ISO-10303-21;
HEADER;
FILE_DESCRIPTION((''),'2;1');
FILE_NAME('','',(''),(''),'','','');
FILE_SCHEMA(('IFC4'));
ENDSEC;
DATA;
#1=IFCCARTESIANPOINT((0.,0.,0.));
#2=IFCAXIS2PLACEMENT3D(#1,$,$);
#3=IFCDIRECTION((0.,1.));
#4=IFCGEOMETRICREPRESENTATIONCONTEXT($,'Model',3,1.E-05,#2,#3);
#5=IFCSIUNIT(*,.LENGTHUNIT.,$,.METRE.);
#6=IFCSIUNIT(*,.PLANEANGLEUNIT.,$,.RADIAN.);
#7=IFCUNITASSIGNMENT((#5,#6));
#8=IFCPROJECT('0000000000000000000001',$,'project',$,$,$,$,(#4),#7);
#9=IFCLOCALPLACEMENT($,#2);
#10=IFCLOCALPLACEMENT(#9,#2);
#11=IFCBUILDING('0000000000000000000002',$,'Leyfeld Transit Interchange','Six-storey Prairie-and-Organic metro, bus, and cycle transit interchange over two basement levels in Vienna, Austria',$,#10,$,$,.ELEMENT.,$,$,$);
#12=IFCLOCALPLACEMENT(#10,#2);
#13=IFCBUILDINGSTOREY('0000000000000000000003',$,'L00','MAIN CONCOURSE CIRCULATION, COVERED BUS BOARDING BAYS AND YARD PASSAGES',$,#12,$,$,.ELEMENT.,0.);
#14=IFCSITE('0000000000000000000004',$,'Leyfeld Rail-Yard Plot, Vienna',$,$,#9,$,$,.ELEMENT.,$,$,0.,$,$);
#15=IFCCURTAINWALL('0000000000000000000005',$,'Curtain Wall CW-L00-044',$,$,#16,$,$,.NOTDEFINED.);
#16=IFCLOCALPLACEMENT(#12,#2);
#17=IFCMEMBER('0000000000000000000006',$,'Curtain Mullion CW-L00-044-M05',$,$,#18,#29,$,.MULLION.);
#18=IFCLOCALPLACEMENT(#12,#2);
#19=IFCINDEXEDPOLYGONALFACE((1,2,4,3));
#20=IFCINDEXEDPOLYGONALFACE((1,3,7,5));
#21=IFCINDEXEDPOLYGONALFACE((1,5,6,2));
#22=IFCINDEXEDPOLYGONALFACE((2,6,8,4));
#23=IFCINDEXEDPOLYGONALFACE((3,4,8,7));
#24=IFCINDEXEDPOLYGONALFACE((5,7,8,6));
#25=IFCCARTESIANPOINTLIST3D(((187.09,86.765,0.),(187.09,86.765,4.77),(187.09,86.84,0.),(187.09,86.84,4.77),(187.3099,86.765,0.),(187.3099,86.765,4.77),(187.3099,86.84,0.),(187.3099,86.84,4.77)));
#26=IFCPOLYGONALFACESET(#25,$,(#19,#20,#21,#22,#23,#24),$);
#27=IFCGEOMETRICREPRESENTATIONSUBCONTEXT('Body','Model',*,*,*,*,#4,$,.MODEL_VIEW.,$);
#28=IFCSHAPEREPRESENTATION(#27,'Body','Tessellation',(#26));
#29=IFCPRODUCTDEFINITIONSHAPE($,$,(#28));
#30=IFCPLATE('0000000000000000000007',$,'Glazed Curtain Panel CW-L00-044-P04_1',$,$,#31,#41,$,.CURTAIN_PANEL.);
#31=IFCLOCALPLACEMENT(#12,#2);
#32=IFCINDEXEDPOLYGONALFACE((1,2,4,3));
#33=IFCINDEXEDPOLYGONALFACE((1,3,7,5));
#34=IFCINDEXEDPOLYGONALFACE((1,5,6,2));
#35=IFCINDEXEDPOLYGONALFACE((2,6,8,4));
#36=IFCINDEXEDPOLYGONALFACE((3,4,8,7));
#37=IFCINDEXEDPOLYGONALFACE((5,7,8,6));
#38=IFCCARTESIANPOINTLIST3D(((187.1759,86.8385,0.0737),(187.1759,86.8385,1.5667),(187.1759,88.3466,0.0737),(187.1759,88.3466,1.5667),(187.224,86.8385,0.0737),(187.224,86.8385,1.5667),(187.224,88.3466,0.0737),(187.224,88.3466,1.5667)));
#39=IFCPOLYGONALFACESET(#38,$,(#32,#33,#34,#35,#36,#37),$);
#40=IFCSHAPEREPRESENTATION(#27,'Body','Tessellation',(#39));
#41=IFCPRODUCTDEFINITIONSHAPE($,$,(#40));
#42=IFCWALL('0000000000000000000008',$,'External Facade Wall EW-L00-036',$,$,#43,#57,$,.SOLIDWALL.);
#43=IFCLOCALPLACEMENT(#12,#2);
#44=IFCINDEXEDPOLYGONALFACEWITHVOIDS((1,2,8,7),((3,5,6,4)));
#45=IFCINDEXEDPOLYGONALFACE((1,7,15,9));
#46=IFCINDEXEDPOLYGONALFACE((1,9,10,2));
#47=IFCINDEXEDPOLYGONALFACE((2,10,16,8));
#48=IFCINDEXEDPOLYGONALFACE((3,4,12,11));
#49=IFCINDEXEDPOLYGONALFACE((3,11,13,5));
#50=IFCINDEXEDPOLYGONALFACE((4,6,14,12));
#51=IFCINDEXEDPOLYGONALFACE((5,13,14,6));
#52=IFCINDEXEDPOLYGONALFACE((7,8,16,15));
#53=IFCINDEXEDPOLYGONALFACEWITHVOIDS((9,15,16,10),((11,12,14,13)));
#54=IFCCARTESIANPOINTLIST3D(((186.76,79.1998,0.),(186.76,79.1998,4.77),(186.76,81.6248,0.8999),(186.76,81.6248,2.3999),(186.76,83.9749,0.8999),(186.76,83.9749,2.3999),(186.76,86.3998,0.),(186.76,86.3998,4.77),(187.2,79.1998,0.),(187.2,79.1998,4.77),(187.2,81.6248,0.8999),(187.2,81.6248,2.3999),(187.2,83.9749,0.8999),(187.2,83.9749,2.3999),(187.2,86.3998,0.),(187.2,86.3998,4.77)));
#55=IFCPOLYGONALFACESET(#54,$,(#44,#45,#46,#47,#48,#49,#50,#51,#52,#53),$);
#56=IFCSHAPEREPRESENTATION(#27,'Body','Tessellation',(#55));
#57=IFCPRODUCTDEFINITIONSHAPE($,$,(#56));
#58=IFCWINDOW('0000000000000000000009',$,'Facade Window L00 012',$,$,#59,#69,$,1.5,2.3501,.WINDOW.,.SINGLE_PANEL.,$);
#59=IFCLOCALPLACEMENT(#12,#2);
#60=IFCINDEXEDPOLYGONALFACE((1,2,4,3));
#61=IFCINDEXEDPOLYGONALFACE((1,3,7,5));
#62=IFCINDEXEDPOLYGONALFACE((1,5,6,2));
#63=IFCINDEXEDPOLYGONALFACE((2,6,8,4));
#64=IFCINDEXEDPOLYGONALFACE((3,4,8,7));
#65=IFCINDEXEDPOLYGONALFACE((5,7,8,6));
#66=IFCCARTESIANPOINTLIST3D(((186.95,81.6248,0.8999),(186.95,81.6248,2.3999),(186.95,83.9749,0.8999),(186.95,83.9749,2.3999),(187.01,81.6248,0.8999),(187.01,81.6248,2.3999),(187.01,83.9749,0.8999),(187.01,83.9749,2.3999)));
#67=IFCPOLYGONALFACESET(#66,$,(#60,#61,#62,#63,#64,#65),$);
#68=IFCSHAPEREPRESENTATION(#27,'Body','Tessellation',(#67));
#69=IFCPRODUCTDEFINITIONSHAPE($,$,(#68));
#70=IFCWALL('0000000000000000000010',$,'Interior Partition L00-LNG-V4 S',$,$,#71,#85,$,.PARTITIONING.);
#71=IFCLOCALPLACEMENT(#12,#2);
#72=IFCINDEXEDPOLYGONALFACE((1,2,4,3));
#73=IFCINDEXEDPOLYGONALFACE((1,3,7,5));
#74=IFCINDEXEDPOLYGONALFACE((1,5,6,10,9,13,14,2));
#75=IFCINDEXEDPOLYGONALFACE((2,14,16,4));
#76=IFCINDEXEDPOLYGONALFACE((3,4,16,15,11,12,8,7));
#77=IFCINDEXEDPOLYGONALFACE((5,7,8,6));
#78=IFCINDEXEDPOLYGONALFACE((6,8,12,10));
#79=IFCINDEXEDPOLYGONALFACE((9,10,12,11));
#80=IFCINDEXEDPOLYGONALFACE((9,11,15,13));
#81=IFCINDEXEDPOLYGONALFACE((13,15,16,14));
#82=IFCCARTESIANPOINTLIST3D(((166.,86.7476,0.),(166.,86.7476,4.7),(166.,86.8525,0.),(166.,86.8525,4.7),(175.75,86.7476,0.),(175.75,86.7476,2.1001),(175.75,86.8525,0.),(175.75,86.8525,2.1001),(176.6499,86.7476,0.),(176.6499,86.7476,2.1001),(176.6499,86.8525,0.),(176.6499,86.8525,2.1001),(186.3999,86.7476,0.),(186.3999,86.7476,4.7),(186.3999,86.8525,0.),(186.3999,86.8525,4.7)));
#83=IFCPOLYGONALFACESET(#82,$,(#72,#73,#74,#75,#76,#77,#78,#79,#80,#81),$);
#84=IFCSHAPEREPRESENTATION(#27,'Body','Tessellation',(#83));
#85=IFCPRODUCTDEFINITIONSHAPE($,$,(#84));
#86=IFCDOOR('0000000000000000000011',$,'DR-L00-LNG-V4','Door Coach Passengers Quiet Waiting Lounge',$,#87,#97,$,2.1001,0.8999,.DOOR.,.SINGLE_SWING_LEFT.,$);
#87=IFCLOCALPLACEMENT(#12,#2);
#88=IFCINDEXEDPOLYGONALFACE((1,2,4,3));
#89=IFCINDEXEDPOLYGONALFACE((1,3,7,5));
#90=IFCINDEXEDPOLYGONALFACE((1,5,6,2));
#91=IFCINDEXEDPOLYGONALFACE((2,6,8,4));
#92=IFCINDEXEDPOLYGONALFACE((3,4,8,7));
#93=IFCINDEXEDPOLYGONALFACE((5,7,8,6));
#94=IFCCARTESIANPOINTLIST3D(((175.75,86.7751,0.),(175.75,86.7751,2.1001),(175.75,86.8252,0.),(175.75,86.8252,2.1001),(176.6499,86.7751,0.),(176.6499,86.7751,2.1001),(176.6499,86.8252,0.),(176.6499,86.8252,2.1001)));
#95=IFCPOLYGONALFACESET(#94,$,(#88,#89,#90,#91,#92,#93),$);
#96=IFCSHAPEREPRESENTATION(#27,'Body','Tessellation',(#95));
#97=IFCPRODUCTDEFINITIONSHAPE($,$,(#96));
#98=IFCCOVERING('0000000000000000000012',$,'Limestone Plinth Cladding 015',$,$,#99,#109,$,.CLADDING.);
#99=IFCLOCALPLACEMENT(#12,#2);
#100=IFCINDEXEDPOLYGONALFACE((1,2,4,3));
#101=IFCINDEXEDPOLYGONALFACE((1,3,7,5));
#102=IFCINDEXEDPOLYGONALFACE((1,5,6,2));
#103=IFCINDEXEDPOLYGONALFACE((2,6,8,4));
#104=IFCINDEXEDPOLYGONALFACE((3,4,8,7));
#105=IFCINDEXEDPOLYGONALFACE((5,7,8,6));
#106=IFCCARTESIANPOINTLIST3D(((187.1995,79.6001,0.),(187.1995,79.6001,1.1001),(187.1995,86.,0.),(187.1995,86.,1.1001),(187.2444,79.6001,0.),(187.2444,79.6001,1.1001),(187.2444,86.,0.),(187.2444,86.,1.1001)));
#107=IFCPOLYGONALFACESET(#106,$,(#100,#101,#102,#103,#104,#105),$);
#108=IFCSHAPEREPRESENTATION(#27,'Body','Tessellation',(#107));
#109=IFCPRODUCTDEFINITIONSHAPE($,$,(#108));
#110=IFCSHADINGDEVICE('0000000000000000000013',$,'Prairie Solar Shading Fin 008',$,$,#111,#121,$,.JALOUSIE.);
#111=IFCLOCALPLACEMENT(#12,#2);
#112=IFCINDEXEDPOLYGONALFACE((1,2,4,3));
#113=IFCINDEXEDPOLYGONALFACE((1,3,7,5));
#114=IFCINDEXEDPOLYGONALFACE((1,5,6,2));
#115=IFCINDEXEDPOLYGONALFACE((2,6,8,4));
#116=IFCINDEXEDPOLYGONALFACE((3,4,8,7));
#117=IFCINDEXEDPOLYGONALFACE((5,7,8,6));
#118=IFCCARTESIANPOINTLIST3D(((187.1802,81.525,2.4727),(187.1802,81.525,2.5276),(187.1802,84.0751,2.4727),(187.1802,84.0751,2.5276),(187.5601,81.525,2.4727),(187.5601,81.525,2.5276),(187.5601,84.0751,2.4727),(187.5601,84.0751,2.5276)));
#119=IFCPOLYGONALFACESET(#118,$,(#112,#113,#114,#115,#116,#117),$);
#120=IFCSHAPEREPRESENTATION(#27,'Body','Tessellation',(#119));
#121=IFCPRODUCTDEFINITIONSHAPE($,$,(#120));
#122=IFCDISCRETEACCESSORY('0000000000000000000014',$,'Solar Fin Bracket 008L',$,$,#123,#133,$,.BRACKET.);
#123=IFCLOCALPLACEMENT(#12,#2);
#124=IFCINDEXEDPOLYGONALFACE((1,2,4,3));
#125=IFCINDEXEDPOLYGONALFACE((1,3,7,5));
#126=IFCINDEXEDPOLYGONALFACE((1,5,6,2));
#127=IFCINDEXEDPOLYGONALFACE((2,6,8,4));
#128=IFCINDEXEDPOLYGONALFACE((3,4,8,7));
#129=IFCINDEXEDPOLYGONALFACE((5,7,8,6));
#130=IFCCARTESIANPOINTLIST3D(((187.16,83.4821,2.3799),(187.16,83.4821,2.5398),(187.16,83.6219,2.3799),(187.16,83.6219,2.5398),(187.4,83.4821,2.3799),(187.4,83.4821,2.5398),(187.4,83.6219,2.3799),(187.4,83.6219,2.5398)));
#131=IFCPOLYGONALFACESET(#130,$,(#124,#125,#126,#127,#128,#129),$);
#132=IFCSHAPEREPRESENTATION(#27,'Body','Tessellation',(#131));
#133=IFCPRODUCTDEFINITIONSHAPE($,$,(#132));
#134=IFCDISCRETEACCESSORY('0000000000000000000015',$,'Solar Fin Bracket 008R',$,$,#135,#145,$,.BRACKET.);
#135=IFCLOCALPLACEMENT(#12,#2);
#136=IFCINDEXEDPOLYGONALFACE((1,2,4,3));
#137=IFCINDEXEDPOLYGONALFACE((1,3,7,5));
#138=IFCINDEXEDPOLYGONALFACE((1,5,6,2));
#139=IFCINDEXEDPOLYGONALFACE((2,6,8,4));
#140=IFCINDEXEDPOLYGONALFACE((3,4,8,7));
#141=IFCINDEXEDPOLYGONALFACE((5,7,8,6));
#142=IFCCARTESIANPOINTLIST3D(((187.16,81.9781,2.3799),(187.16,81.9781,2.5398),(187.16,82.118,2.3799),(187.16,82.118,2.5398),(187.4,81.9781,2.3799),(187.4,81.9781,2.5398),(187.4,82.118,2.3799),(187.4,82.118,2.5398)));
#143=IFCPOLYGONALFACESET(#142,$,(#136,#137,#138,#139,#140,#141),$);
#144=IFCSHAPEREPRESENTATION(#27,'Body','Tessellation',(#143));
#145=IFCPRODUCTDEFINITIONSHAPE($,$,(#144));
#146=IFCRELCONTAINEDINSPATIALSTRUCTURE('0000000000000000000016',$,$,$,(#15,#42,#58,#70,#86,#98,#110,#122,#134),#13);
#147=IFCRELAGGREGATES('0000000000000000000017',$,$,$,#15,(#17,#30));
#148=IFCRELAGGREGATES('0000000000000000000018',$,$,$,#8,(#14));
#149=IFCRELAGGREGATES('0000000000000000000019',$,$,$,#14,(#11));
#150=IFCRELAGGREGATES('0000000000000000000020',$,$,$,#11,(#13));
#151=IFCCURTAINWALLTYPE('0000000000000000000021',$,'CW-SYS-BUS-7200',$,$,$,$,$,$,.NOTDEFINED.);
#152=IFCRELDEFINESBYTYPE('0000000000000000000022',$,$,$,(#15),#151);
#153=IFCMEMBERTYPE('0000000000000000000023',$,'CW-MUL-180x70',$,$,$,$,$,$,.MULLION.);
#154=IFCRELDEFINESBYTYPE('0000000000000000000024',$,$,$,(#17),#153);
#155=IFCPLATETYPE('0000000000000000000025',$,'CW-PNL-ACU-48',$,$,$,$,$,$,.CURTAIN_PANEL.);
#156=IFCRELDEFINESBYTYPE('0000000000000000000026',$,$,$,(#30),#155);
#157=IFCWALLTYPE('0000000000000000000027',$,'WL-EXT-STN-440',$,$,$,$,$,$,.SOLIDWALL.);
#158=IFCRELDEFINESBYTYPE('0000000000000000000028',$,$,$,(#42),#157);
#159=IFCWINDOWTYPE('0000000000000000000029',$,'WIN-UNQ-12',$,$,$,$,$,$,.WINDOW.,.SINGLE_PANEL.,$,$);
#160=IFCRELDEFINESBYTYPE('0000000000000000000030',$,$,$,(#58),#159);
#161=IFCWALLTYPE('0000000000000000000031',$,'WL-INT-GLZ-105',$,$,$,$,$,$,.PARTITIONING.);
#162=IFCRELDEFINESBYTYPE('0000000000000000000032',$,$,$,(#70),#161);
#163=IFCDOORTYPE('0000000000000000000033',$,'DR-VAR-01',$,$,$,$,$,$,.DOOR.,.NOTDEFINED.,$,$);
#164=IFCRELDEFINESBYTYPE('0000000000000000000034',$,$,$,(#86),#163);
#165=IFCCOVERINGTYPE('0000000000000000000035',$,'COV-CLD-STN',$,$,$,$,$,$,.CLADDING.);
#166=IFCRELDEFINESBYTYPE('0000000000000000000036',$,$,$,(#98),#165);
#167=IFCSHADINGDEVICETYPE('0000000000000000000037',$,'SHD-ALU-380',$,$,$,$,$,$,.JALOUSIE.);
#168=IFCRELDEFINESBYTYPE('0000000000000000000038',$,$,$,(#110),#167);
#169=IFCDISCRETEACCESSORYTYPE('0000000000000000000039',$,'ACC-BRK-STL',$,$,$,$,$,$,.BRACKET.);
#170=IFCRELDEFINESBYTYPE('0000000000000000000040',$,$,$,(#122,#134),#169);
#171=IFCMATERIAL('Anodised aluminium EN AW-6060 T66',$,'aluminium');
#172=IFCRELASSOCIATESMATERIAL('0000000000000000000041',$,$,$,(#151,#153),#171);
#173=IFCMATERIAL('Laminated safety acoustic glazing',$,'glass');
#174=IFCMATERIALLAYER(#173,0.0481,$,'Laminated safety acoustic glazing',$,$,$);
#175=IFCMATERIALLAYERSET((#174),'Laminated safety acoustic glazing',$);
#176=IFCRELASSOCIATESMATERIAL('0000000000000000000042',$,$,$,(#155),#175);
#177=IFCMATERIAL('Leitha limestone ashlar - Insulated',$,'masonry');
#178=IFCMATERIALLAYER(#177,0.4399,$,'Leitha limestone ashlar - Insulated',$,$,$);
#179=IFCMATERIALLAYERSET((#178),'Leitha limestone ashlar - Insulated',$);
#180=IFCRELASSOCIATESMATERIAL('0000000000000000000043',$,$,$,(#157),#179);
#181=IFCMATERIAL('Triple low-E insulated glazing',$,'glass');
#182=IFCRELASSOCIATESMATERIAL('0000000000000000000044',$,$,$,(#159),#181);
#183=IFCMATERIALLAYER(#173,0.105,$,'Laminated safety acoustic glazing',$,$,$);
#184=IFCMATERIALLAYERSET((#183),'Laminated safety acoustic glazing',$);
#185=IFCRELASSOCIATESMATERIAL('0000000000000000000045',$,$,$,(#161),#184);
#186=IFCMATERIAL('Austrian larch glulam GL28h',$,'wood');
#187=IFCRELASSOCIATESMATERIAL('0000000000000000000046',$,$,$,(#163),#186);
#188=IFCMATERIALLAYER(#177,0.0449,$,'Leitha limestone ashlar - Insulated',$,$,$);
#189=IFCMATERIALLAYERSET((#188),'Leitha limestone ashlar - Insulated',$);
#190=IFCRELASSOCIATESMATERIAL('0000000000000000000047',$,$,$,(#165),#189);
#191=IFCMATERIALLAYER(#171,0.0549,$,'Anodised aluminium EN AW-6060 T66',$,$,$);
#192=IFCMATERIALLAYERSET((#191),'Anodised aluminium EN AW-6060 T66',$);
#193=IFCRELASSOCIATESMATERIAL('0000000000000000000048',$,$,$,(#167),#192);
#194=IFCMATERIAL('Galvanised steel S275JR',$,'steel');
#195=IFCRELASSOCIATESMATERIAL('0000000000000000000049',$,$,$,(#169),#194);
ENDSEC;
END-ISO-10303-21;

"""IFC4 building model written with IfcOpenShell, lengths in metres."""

from ifc_helpers import new_model, si_unit, direction, frame, frame_2d, origin, origin_2d, place, context, subcontext, project, spatial, rectangle, extrude, material, layer, layer_set, material_profile, profile_set, type_object, element, fill, aggregate, save


model = new_model("IFC4")

# Units and contexts
model_context = context("Model", 3, precision=1e-05, world=origin(), true_north=direction((0.0, 1.0)))
body_context = subcontext(model_context, "Body", "Model", "MODEL_VIEW")
ifc_project = project(units=[si_unit("LENGTHUNIT", "METRE"), si_unit("PLANEANGLEUNIT", "RADIAN")], contexts=[model_context])

# Site, building, storey
site_placement = place(None, origin())
site = spatial("IfcSite", under=ifc_project, at=site_placement, Name="Leyfeld Rail-Yard Plot, Vienna", CompositionType="ELEMENT", RefElevation=0.0)
building_placement = place(site_placement, origin())
building = spatial("IfcBuilding", under=site, at=building_placement, Name="Leyfeld Transit Interchange", Description="Six-storey Prairie-and-Organic metro, bus, and cycle transit interchange over two basement levels in Vienna, Austria", CompositionType="ELEMENT")
storey_placement = place(building_placement, origin())
storey = spatial("IfcBuildingStorey", under=building, at=storey_placement, Name="L00", Description="MAIN CONCOURSE CIRCULATION, COVERED BUS BOARDING BAYS AND YARD PASSAGES", CompositionType="ELEMENT", Elevation=0.0)

# Curtain wall, member, plate
ifc_material_1 = material(Name="Anodised aluminium EN AW-6060 T66", Category="aluminium")
curtain_wall_type = type_object("IfcCurtainWallType", Name="CW-SYS-BUS-7200", PredefinedType="NOTDEFINED", material=ifc_material_1)
curtain_wall_placement = place(storey_placement, origin())
curtain_wall = element("IfcCurtainWall", 1, at=curtain_wall_placement, inside=storey, type_object=curtain_wall_type, Name="Curtain Wall CW-L00-044", PredefinedType="NOTDEFINED")
ifc_material_profile_1 = material_profile(ifc_material_1, rectangle(XDim=0.075, YDim=0.22, at=origin_2d()), Name="CW-M 75x220")
ifc_profile_set_1 = profile_set([ifc_material_profile_1], Name="Anodised aluminium EN AW-6060 T66")
member_type = type_object("IfcMemberType", Name="CW-MUL-180x70", PredefinedType="MULLION", material=ifc_profile_set_1)
member_placement = place(storey_placement, frame((187.2, 86.8025, 0.0), z_axis=(0.0, 0.0, 1.0), x_axis=(0.0, -1.0, 0.0)))
member = element("IfcMember", 2, at=member_placement, type_object=member_type, Name="Curtain Mullion CW-L00-044-M05", PredefinedType="MULLION", context=body_context, shape_type="SweptSolid", body=[
    extrude(rectangle(XDim=0.075, YDim=0.22, at=origin_2d()), origin(), (0.0, 0.0, 1.0), 4.77),
])
ifc_material_2 = material(Name="Laminated safety acoustic glazing", Category="glass")
ifc_layer_1 = layer(ifc_material_2, 0.0481, Name="Laminated safety acoustic glazing")
ifc_layer_set_1 = layer_set([ifc_layer_1], Name="Laminated safety acoustic glazing")
plate_type = type_object("IfcPlateType", Name="CW-PNL-ACU-48", PredefinedType="CURTAIN_PANEL", material=ifc_layer_set_1)
plate_placement = place(storey_placement, frame((187.2, 87.5925, 0.0737), z_axis=(0.0, 0.0, 1.0), x_axis=(0.0, -1.0, 0.0)))
plate = element("IfcPlate", 3, at=plate_placement, type_object=plate_type, Name="Glazed Curtain Panel CW-L00-044-P04_1", PredefinedType="CURTAIN_PANEL", context=body_context, shape_type="SweptSolid", body=[
    extrude(rectangle(XDim=1.5081, YDim=0.0481, at=origin_2d()), origin(), (0.0, 0.0, 1.0), 1.4929),
])
aggregate(curtain_wall, [member, plate])

# Wall, opening, window
ifc_material_3 = material(Name="Leitha limestone ashlar - Insulated", Category="masonry")
ifc_layer_2 = layer(ifc_material_3, 0.4399, Name="Leitha limestone ashlar - Insulated")
ifc_layer_set_2 = layer_set([ifc_layer_2], Name="Leitha limestone ashlar - Insulated")
wall_type_1 = type_object("IfcWallType", Name="WL-EXT-STN-440", PredefinedType="SOLIDWALL", material=ifc_layer_set_2)
wall_1_placement = place(storey_placement, frame((186.98, 86.3999, 0.0), z_axis=(0.0, 0.0, 1.0), x_axis=(0.0, -1.0, 0.0)))
wall_1 = element("IfcWall", 4, at=wall_1_placement, inside=storey, type_object=wall_type_1, Name="External Facade Wall EW-L00-036", PredefinedType="SOLIDWALL", context=body_context, shape_type="SweptSolid", body=[
    extrude(rectangle(XDim=7.2, YDim=0.4399, at=frame_2d((3.6001, 0.0))), origin(), (0.0, 0.0, 1.0), 4.77),
])
opening_1_placement = place(wall_1_placement, frame((2.425, 0.0, 0.8999)))
opening_1 = element("IfcOpeningElement", 5, at=opening_1_placement, cuts=wall_1, PredefinedType="OPENING", context=body_context, shape_type="SweptSolid", body=[
    extrude(rectangle(XDim=2.3501, YDim=1.5, at=frame_2d((1.175, 0.75))), frame((0.0, 0.23, 0.0), z_axis=(0.0, -1.0, 0.0), x_axis=(1.0, 0.0, 0.0)), (0.0, 0.0, 1.0), 0.46),
])
ifc_material_4 = material(Name="Triple low-E insulated glazing", Category="glass")
window_type = type_object("IfcWindowType", Name="WIN-UNQ-12", PartitioningType="SINGLE_PANEL", PredefinedType="WINDOW", material=ifc_material_4)
window_placement = place(opening_1_placement, origin())
window = element("IfcWindow", 6, at=window_placement, inside=storey, type_object=window_type, Name="Facade Window L00 012", OverallHeight=1.5, OverallWidth=2.3501, PartitioningType="SINGLE_PANEL", PredefinedType="WINDOW", context=body_context, shape_type="SweptSolid", body=[
    extrude(rectangle(XDim=2.3501, YDim=1.5, at=frame_2d((1.175, 0.75))), frame((0.0, 0.03, 0.0), z_axis=(0.0, -1.0, 0.0), x_axis=(1.0, 0.0, 0.0)), (0.0, 0.0, 1.0), 0.0601),
])
fill(opening_1, window)

# Wall, opening, door
ifc_layer_3 = layer(ifc_material_2, 0.105, Name="Laminated safety acoustic glazing")
ifc_layer_set_3 = layer_set([ifc_layer_3], Name="Laminated safety acoustic glazing")
wall_type_2 = type_object("IfcWallType", Name="WL-INT-GLZ-105", PredefinedType="PARTITIONING", material=ifc_layer_set_3)
wall_2_placement = place(storey_placement, frame((186.3999, 86.8, 0.0), z_axis=(0.0, 0.0, 1.0), x_axis=(-1.0, 0.0, 0.0)))
wall_2 = element("IfcWall", 7, at=wall_2_placement, inside=storey, type_object=wall_type_2, Name="Interior Partition L00-LNG-V4 S", PredefinedType="PARTITIONING", context=body_context, shape_type="SweptSolid", body=[
    extrude(rectangle(XDim=20.3999, YDim=0.105, at=frame_2d((10.2, 0.0))), origin(), (0.0, 0.0, 1.0), 4.7),
])
opening_2_placement = place(wall_2_placement, frame((9.75, 0.0, 0.0)))
opening_2 = element("IfcOpeningElement", 8, at=opening_2_placement, cuts=wall_2, PredefinedType="OPENING", context=body_context, shape_type="SweptSolid", body=[
    extrude(rectangle(XDim=0.8999, YDim=2.1001, at=frame_2d((0.45, 1.05))), frame((0.0, 0.0625, 0.0), z_axis=(0.0, -1.0, 0.0), x_axis=(1.0, 0.0, 0.0)), (0.0, 0.0, 1.0), 0.125),
])
ifc_material_5 = material(Name="Austrian larch glulam GL28h", Category="wood")
door_type = type_object("IfcDoorType", Name="DR-VAR-01", OperationType="NOTDEFINED", PredefinedType="DOOR", material=ifc_material_5)
door_placement = place(opening_2_placement, origin())
door = element("IfcDoor", 9, at=door_placement, inside=storey, type_object=door_type, Name="DR-L00-LNG-V4", Description="Door Coach Passengers Quiet Waiting Lounge", OperationType="SINGLE_SWING_LEFT", OverallHeight=2.1001, OverallWidth=0.8999, PredefinedType="DOOR", context=body_context, shape_type="SweptSolid", body=[
    extrude(rectangle(XDim=0.8999, YDim=2.1001, at=frame_2d((0.45, 1.05))), frame((0.0, 0.0249, 0.0), z_axis=(0.0, -1.0, 0.0), x_axis=(1.0, 0.0, 0.0)), (0.0, 0.0, 1.0), 0.05),
])
fill(opening_2, door)

# Covering
ifc_layer_4 = layer(ifc_material_3, 0.0449, Name="Leitha limestone ashlar - Insulated")
ifc_layer_set_4 = layer_set([ifc_layer_4], Name="Leitha limestone ashlar - Insulated")
covering_type = type_object("IfcCoveringType", Name="COV-CLD-STN", PredefinedType="CLADDING", material=ifc_layer_set_4)
covering_placement = place(storey_placement, frame((187.2219, 82.8, 0.0), z_axis=(0.0, 0.0, 1.0), x_axis=(0.0, -1.0, 0.0)))
element("IfcCovering", 10, at=covering_placement, inside=storey, type_object=covering_type, Name="Limestone Plinth Cladding 015", PredefinedType="CLADDING", context=body_context, shape_type="SweptSolid", body=[
    extrude(rectangle(XDim=6.3999, YDim=0.0449, at=origin_2d()), origin(), (0.0, 0.0, 1.0), 1.1001),
])

# Shading device
ifc_layer_5 = layer(ifc_material_1, 0.0549, Name="Anodised aluminium EN AW-6060 T66")
ifc_layer_set_5 = layer_set([ifc_layer_5], Name="Anodised aluminium EN AW-6060 T66")
shading_device_type = type_object("IfcShadingDeviceType", Name="SHD-ALU-380", PredefinedType="JALOUSIE", material=ifc_layer_set_5)
shading_device_placement = place(storey_placement, frame((187.3701, 82.8, 2.4727), z_axis=(0.0, 0.0, 1.0), x_axis=(0.0, -1.0, 0.0)))
element("IfcShadingDevice", 11, at=shading_device_placement, inside=storey, type_object=shading_device_type, Name="Prairie Solar Shading Fin 008", PredefinedType="JALOUSIE", context=body_context, shape_type="SweptSolid", body=[
    extrude(rectangle(XDim=2.55, YDim=0.3799, at=origin_2d()), origin(), (0.0, 0.0, 1.0), 0.0549),
])

# Discrete accessories
ifc_material_6 = material(Name="Galvanised steel S275JR", Category="steel")
discrete_accessory_type = type_object("IfcDiscreteAccessoryType", Name="ACC-BRK-STL", PredefinedType="BRACKET", material=ifc_material_6)
for number, where, z_axis, x_axis, name in (
    (12, (187.28, 83.552, 2.3799), (0.0, 0.0, 1.0), (0.0, -1.0, 0.0), "Solar Fin Bracket 008L"),
    (13, (187.28, 82.0481, 2.3799), (0.0, 0.0, 1.0), (0.0, -1.0, 0.0), "Solar Fin Bracket 008R"),
):
    element("IfcDiscreteAccessory", number, at=place(storey_placement, frame(where, z_axis=z_axis, x_axis=x_axis)), inside=storey, type_object=discrete_accessory_type, Name=name, PredefinedType="BRACKET", context=body_context, shape_type="SweptSolid", body=[
        extrude(rectangle(XDim=0.1399, YDim=0.24, at=origin_2d()), origin(), (0.0, 0.0, 1.0), 0.1599),
    ])

save(model, "model.ifc")
